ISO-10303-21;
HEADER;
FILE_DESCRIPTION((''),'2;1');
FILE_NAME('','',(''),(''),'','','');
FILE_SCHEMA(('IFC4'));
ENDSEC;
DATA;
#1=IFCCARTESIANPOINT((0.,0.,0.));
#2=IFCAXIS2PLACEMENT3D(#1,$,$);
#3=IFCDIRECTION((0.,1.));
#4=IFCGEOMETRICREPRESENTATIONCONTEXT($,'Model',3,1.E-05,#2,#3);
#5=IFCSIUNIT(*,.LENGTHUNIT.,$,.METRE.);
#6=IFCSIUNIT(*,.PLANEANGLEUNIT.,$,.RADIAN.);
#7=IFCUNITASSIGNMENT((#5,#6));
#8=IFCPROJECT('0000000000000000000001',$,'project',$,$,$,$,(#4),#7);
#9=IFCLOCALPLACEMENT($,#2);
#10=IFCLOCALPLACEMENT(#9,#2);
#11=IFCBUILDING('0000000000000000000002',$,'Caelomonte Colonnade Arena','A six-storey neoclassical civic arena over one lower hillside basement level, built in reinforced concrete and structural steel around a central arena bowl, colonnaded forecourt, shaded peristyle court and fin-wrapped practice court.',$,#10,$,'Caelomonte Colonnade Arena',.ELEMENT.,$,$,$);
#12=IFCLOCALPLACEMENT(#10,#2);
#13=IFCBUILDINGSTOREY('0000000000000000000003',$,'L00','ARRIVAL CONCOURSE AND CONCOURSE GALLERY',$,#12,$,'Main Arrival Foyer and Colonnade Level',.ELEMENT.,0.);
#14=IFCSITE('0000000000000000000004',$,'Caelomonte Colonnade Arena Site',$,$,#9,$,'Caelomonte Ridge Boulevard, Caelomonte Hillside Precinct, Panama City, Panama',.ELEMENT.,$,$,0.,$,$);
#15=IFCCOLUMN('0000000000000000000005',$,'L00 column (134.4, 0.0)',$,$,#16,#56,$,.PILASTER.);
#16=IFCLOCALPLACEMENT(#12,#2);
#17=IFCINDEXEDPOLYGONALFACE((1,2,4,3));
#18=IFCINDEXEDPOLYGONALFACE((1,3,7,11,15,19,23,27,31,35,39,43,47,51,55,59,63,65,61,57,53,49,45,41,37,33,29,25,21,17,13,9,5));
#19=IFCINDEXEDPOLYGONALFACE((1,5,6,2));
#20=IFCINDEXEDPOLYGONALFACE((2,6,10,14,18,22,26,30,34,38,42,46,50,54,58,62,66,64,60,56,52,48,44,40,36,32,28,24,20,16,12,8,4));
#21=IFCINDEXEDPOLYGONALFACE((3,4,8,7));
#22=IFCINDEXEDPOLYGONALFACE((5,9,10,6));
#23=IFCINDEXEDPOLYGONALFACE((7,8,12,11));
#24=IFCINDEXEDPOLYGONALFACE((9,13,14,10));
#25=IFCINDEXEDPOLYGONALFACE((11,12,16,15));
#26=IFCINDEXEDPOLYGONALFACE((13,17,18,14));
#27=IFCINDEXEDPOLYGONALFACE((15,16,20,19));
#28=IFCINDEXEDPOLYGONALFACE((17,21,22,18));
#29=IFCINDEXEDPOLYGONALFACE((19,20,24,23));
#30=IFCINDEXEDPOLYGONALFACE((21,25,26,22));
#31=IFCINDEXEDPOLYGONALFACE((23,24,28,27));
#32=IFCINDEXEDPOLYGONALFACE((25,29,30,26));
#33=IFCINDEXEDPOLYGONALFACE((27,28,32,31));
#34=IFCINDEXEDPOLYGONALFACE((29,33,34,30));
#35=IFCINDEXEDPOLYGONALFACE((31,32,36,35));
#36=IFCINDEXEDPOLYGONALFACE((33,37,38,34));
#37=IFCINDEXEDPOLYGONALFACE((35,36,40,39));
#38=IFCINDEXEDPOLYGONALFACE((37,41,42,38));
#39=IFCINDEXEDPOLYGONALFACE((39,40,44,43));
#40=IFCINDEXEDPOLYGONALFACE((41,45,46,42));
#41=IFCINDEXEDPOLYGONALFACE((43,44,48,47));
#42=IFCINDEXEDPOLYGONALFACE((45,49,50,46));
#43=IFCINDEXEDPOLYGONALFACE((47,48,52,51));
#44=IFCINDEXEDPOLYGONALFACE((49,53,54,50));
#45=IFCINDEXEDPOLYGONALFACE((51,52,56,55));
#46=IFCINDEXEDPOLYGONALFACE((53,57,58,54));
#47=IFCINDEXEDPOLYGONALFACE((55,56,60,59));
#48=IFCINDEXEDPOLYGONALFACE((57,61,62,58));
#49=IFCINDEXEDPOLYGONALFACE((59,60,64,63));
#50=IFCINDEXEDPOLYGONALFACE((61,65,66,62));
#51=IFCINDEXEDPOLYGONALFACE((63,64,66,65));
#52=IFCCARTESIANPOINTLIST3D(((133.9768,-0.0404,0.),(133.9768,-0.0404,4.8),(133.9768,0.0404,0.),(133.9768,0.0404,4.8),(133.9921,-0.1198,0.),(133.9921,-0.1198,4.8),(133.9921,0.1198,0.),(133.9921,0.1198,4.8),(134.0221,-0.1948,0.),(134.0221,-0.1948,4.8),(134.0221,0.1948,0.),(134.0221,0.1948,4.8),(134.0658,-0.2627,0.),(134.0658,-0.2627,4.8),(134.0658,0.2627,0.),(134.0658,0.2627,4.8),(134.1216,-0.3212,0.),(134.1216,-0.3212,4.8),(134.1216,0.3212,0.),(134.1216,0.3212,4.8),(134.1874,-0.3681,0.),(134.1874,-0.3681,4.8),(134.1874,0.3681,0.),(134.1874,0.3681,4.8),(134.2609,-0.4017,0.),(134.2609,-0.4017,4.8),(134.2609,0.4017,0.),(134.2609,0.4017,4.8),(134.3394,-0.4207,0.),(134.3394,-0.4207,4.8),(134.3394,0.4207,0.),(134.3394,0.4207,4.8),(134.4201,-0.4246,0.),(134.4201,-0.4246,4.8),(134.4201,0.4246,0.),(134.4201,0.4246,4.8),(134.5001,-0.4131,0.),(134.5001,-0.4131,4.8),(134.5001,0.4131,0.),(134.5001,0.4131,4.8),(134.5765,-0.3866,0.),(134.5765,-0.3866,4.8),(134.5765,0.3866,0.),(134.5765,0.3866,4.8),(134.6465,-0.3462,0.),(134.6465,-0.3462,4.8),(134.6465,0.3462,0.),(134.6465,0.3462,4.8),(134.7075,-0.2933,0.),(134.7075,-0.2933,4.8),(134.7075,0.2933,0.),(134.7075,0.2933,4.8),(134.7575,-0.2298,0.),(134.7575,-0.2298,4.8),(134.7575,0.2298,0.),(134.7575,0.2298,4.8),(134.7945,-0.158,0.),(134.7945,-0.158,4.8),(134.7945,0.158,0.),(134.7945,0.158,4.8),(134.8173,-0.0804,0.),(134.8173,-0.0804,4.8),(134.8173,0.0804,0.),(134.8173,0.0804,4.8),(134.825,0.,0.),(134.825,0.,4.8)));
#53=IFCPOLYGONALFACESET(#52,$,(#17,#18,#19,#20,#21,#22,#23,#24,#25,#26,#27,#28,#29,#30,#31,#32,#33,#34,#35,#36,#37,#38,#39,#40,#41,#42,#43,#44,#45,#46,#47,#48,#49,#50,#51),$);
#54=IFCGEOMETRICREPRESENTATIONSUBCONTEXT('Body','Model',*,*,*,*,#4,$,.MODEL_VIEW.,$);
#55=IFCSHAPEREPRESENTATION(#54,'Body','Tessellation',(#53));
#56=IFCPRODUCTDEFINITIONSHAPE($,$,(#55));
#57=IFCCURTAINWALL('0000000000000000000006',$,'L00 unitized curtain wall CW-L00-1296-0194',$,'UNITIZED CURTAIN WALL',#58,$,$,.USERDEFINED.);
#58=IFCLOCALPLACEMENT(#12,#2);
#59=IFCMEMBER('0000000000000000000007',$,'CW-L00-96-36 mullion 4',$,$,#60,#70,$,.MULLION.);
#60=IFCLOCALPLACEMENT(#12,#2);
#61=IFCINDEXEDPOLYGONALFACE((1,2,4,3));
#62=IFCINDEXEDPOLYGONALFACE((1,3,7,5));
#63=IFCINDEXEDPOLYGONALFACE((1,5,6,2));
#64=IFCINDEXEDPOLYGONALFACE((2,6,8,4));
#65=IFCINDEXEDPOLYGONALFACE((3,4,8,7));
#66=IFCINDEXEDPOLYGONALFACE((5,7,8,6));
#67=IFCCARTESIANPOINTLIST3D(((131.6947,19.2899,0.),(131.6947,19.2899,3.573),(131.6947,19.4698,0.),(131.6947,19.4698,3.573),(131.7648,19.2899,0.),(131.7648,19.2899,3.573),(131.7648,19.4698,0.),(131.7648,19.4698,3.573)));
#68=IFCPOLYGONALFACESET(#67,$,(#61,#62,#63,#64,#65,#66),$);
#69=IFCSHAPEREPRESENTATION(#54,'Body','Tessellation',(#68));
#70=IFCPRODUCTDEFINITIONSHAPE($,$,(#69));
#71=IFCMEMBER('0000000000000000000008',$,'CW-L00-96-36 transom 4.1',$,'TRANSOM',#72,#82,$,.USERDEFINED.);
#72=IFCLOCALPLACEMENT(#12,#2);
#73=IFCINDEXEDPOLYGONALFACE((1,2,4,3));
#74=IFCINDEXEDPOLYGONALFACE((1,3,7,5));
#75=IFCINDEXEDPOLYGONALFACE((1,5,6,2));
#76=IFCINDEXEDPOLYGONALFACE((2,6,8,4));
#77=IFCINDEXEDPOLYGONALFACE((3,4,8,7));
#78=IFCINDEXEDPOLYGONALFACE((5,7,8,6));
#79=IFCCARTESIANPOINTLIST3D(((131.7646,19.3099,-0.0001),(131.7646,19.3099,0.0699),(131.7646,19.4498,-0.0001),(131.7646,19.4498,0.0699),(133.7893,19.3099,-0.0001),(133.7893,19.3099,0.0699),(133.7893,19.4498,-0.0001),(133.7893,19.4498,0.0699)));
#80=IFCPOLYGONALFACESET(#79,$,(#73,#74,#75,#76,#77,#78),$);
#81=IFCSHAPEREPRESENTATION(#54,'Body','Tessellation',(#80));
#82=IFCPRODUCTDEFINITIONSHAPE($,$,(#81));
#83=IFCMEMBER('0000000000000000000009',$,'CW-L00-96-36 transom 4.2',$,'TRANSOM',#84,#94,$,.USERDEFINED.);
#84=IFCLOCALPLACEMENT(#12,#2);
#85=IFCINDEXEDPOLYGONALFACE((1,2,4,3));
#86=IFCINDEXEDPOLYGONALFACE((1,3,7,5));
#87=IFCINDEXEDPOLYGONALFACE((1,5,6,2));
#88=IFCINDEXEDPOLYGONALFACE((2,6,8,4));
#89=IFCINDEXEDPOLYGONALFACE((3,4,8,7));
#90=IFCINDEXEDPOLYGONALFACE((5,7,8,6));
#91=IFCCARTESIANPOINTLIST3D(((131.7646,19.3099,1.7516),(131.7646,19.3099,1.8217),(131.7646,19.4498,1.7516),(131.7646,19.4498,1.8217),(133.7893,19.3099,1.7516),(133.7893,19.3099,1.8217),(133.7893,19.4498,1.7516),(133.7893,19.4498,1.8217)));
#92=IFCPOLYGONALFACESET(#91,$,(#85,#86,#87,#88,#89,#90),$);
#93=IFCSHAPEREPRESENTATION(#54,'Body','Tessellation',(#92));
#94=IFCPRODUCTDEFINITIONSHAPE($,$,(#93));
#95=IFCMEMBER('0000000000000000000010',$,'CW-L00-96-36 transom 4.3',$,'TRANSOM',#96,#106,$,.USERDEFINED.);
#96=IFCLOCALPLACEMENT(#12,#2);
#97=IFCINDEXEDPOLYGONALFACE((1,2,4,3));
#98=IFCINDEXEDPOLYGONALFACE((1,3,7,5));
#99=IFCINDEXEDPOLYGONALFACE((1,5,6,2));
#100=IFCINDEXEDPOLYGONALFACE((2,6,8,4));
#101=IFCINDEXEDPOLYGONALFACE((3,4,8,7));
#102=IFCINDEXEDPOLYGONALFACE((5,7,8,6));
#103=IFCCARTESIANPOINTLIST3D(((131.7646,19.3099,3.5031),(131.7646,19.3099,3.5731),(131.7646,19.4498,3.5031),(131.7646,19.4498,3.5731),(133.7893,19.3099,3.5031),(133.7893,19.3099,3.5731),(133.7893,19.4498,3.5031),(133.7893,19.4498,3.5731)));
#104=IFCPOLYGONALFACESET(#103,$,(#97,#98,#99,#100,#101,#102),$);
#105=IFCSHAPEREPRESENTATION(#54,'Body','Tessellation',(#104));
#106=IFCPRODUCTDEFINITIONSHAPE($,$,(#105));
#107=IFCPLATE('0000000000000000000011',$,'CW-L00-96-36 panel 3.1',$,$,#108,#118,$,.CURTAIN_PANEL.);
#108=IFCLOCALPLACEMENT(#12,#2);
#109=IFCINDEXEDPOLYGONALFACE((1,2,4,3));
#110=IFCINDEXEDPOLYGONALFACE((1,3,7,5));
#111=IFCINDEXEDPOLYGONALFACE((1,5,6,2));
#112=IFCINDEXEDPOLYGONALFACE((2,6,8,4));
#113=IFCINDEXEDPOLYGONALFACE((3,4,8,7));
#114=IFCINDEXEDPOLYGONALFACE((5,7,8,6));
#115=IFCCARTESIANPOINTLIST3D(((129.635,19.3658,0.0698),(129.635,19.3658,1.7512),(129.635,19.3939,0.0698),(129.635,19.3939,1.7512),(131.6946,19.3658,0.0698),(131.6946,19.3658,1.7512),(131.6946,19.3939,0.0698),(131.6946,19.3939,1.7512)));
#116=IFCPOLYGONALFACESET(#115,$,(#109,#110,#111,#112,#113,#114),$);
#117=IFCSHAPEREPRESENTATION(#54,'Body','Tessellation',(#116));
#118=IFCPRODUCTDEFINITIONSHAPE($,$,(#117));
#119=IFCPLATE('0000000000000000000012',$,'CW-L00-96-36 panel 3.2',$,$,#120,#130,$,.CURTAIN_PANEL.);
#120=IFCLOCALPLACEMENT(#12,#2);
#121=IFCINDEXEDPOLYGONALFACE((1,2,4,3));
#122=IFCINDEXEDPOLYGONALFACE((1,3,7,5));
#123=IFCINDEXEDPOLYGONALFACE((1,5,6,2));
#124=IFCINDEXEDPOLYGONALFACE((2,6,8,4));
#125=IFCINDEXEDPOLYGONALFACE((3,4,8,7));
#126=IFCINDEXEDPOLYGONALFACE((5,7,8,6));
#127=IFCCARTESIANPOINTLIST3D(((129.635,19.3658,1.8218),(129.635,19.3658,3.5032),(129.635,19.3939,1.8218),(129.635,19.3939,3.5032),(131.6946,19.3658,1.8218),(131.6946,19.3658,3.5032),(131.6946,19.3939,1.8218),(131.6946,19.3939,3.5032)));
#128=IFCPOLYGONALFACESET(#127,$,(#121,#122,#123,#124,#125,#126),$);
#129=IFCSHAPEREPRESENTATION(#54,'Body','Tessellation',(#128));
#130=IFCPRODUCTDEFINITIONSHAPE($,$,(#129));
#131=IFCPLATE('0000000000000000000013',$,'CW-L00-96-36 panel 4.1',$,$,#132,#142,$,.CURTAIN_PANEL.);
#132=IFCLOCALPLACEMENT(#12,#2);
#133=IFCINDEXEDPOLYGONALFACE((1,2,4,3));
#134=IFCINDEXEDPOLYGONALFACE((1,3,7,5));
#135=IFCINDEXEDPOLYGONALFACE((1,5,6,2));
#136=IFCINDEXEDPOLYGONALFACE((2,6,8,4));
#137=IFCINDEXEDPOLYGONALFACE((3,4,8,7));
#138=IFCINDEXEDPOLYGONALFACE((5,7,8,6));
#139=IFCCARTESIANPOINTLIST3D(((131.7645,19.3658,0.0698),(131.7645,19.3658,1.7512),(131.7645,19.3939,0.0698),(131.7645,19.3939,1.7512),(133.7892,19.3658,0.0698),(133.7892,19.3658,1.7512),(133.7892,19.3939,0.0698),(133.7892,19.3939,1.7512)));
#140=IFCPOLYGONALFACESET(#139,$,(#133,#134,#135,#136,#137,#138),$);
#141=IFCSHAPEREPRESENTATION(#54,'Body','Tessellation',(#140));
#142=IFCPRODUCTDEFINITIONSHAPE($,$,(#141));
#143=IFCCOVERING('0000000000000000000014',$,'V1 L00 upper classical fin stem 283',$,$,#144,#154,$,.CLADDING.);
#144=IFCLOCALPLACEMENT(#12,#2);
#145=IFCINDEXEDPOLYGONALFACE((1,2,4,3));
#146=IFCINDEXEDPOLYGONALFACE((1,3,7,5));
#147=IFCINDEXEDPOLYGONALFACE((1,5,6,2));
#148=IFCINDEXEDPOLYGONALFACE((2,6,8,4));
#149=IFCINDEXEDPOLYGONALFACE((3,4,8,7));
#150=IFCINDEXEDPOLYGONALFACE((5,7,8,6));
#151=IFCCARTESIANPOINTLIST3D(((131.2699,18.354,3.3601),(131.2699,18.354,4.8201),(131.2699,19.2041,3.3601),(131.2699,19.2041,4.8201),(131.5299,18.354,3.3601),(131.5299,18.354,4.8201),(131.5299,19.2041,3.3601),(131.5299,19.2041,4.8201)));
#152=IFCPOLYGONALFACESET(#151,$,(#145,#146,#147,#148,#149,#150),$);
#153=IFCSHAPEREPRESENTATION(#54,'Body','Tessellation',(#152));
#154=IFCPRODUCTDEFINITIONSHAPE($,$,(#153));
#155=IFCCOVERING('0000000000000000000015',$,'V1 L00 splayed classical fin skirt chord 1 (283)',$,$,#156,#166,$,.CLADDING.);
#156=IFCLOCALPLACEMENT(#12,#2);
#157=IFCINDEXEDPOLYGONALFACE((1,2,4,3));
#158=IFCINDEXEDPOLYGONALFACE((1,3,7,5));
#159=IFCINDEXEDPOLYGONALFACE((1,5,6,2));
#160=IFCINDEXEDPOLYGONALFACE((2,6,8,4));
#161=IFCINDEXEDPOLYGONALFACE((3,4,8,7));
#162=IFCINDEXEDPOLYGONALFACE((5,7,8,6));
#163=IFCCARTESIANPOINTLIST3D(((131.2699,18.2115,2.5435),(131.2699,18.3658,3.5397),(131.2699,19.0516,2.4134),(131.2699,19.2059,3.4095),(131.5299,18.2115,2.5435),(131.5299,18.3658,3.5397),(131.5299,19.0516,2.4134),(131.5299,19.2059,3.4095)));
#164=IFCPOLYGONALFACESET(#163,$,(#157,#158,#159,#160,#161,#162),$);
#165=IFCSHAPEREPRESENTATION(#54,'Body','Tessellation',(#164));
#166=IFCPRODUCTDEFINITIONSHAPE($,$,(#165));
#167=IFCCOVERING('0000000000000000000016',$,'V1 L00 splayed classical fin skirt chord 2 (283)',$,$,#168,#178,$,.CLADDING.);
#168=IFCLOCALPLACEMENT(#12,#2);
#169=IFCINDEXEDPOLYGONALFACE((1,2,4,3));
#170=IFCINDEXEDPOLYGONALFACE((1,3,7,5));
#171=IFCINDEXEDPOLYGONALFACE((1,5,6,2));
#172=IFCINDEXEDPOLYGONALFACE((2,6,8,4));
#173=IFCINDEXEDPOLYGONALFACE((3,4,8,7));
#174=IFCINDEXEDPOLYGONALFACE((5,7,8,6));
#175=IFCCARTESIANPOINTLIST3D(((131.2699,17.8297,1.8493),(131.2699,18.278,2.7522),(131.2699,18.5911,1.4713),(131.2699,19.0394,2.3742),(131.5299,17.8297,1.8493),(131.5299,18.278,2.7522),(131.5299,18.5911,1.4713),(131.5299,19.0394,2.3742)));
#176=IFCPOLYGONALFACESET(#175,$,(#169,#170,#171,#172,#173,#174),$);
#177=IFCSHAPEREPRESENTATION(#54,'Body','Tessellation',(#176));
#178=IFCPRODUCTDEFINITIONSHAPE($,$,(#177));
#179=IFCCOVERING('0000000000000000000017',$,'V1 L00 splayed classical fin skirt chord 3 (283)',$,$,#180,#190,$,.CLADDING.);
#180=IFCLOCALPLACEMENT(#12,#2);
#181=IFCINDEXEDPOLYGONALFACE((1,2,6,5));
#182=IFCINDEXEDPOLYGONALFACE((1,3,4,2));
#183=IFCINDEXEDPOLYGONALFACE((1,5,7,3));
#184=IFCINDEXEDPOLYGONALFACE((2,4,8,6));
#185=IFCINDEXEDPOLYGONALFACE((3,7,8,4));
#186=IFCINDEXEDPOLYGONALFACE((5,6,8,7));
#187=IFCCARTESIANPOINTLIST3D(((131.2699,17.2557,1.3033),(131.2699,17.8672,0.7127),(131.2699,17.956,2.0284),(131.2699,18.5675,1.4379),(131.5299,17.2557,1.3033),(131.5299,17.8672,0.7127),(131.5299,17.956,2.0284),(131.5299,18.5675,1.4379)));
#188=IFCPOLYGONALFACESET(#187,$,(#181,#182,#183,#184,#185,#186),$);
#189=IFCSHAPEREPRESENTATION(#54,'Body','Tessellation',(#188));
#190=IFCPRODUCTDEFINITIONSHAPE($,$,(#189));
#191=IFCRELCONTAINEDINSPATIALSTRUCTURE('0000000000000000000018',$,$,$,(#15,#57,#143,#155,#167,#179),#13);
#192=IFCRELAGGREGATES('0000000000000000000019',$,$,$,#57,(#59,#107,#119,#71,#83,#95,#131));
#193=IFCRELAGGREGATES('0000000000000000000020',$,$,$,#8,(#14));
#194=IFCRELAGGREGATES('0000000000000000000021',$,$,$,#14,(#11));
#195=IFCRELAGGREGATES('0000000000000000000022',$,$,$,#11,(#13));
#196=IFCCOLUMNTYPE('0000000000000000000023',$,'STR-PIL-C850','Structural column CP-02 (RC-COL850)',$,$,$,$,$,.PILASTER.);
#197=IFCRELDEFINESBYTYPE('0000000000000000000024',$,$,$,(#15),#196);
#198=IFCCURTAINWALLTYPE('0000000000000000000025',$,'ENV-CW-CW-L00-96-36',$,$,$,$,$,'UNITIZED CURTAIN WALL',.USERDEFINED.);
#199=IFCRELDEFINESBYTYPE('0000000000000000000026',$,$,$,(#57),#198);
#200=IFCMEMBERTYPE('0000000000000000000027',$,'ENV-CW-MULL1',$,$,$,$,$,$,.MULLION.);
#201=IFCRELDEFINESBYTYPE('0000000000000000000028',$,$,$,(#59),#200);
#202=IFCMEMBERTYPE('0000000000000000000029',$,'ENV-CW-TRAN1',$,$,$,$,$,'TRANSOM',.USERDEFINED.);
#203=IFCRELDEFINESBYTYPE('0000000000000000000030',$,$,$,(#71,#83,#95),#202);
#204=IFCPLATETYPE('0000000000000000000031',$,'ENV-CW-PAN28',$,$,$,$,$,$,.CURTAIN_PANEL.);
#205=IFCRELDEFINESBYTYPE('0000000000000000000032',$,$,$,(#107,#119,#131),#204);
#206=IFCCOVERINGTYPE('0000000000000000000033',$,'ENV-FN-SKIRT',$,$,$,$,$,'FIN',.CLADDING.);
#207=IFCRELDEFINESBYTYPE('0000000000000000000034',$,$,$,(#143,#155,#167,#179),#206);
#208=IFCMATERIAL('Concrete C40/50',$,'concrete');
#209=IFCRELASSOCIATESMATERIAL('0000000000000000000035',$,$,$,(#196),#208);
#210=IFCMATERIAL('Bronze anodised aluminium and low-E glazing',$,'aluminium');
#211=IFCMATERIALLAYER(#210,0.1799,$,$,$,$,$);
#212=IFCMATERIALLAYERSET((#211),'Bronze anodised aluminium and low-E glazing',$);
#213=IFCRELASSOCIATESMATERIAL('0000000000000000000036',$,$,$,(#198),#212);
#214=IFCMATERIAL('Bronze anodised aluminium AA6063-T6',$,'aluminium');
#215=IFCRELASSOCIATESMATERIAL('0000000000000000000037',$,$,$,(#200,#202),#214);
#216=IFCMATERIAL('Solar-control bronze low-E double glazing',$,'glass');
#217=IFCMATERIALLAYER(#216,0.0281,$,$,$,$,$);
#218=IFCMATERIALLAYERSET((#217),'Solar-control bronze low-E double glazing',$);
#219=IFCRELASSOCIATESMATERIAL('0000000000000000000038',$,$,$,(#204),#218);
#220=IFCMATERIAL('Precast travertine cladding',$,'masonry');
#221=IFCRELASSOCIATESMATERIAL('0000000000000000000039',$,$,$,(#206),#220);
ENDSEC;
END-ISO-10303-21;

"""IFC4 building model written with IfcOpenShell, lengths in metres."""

from ifc_helpers import new_model, si_unit, direction, frame, origin, origin_2d, place, context, subcontext, project, spatial, rectangle, circle, extrude, material, layer, layer_set, material_profile, profile_set, type_object, element, aggregate, save


model = new_model("IFC4")

# Units and contexts
model_context = context("Model", 3, precision=1e-05, world=origin(), true_north=direction((0.0, 1.0)))
body_context = subcontext(model_context, "Body", "Model", "MODEL_VIEW")
ifc_project = project(units=[si_unit("LENGTHUNIT", "METRE"), si_unit("PLANEANGLEUNIT", "RADIAN")], contexts=[model_context])

# Site, building, storey
site_placement = place(None, origin())
site = spatial("IfcSite", under=ifc_project, at=site_placement, Name="Caelomonte Colonnade Arena Site", LongName="Caelomonte Ridge Boulevard, Caelomonte Hillside Precinct, Panama City, Panama", CompositionType="ELEMENT", RefElevation=0.0)
building_placement = place(site_placement, origin())
building = spatial("IfcBuilding", under=site, at=building_placement, Name="Caelomonte Colonnade Arena", Description="A six-storey neoclassical civic arena over one lower hillside basement level, built in reinforced concrete and structural steel around a central arena bowl, colonnaded forecourt, shaded peristyle court and fin-wrapped practice court.", LongName="Caelomonte Colonnade Arena", CompositionType="ELEMENT")
storey_placement = place(building_placement, origin())
storey = spatial("IfcBuildingStorey", under=building, at=storey_placement, Name="L00", Description="ARRIVAL CONCOURSE AND CONCOURSE GALLERY", LongName="Main Arrival Foyer and Colonnade Level", CompositionType="ELEMENT", Elevation=0.0)

# Column
ifc_material_1 = material(Name="Concrete C40/50", Category="concrete")
ifc_material_profile_1 = material_profile(ifc_material_1, circle(Radius=0.425, at=origin_2d()), Name="RC-COL850")
ifc_profile_set_1 = profile_set([ifc_material_profile_1], Name="Concrete C40/50")
column_type = type_object("IfcColumnType", Name="STR-PIL-C850", Description="Structural column CP-02 (RC-COL850)", PredefinedType="PILASTER", material=ifc_profile_set_1)
column_placement = place(storey_placement, frame((134.3999, 0.0, 0.0), z_axis=(0.0, 0.0, 1.0), x_axis=(1.0, 0.0, 0.0)))
element("IfcColumn", 1, at=column_placement, inside=storey, type_object=column_type, Name="L00 column (134.4, 0.0)", PredefinedType="PILASTER", context=body_context, shape_type="SweptSolid", body=[
    extrude(circle(Radius=0.425, at=origin_2d()), origin(), (0.0, 0.0, 1.0), 4.8),
])

# Curtain wall, members, plates
ifc_material_2 = material(Name="Bronze anodised aluminium and low-E glazing", Category="aluminium")
ifc_layer_1 = layer(ifc_material_2, 0.1799)
ifc_layer_set_1 = layer_set([ifc_layer_1], Name="Bronze anodised aluminium and low-E glazing")
curtain_wall_type = type_object("IfcCurtainWallType", Name="ENV-CW-CW-L00-96-36", ElementType="UNITIZED CURTAIN WALL", PredefinedType="USERDEFINED", material=ifc_layer_set_1)
curtain_wall_placement = place(storey_placement, origin())
curtain_wall = element("IfcCurtainWall", 2, at=curtain_wall_placement, inside=storey, type_object=curtain_wall_type, Name="L00 unitized curtain wall CW-L00-1296-0194", ObjectType="UNITIZED CURTAIN WALL", PredefinedType="USERDEFINED")
ifc_material_3 = material(Name="Bronze anodised aluminium AA6063-T6", Category="aluminium")
ifc_material_profile_2 = material_profile(ifc_material_3, rectangle(XDim=0.0701, YDim=0.1799, at=origin_2d()), Name="CWM-70X180")
ifc_profile_set_2 = profile_set([ifc_material_profile_2], Name="Bronze anodised aluminium AA6063-T6")
member_type_1 = type_object("IfcMemberType", Name="ENV-CW-MULL1", PredefinedType="MULLION", material=ifc_profile_set_2)
member_1_placement = place(storey_placement, frame((131.7297, 19.3799, 0.0), z_axis=(0.0, 0.0, 1.0), x_axis=(1.0, 0.0, 0.0)))
member_1 = element("IfcMember", 3, at=member_1_placement, type_object=member_type_1, Name="CW-L00-96-36 mullion 4", PredefinedType="MULLION", context=body_context, shape_type="SweptSolid", body=[
    extrude(rectangle(XDim=0.0701, YDim=0.1799, at=origin_2d()), origin(), (0.0, 0.0, 1.0), 3.573),
])
ifc_material_profile_3 = material_profile(ifc_material_3, rectangle(XDim=0.0701, YDim=0.1399, at=origin_2d()), Name="CWT-70X140")
ifc_profile_set_3 = profile_set([ifc_material_profile_3], Name="Bronze anodised aluminium AA6063-T6")
member_type_2 = type_object("IfcMemberType", Name="ENV-CW-TRAN1", ElementType="TRANSOM", PredefinedType="USERDEFINED", material=ifc_profile_set_3)
member_2_placement = place(storey_placement, frame((131.7646, 19.3799, 0.0349), z_axis=(1.0, 0.0, 0.0), x_axis=(0.0, 0.0, 1.0)))
member_2 = element("IfcMember", 4, at=member_2_placement, type_object=member_type_2, Name="CW-L00-96-36 transom 4.1", ObjectType="TRANSOM", PredefinedType="USERDEFINED", context=body_context, shape_type="SweptSolid", body=[
    extrude(rectangle(XDim=0.0701, YDim=0.1399, at=origin_2d()), origin(), (0.0, 0.0, 1.0), 2.0247),
])
member_3_placement = place(storey_placement, frame((131.7646, 19.3799, 1.7866), z_axis=(1.0, 0.0, 0.0), x_axis=(0.0, 0.0, 1.0)))
member_3 = element("IfcMember", 5, at=member_3_placement, type_object=member_type_2, Name="CW-L00-96-36 transom 4.2", ObjectType="TRANSOM", PredefinedType="USERDEFINED", context=body_context, shape_type="SweptSolid", body=[
    extrude(rectangle(XDim=0.0701, YDim=0.1399, at=origin_2d()), origin(), (0.0, 0.0, 1.0), 2.0247),
])
member_4_placement = place(storey_placement, frame((131.7646, 19.3799, 3.5381), z_axis=(1.0, 0.0, 0.0), x_axis=(0.0, 0.0, 1.0)))
member_4 = element("IfcMember", 6, at=member_4_placement, type_object=member_type_2, Name="CW-L00-96-36 transom 4.3", ObjectType="TRANSOM", PredefinedType="USERDEFINED", context=body_context, shape_type="SweptSolid", body=[
    extrude(rectangle(XDim=0.0701, YDim=0.1399, at=origin_2d()), origin(), (0.0, 0.0, 1.0), 2.0247),
])
ifc_material_4 = material(Name="Solar-control bronze low-E double glazing", Category="glass")
ifc_layer_2 = layer(ifc_material_4, 0.0281)
ifc_layer_set_2 = layer_set([ifc_layer_2], Name="Solar-control bronze low-E double glazing")
plate_type = type_object("IfcPlateType", Name="ENV-CW-PAN28", PredefinedType="CURTAIN_PANEL", material=ifc_layer_set_2)
plate_1_placement = place(storey_placement, frame((130.6648, 19.3799, 0.0698), z_axis=(0.0, 0.0, 1.0), x_axis=(1.0, 0.0, 0.0)))
plate_1 = element("IfcPlate", 7, at=plate_1_placement, type_object=plate_type, Name="CW-L00-96-36 panel 3.1", PredefinedType="CURTAIN_PANEL", context=body_context, shape_type="SweptSolid", body=[
    extrude(rectangle(XDim=2.0596, YDim=0.0281, at=origin_2d()), origin(), (0.0, 0.0, 1.0), 1.6814),
])
plate_2_placement = place(storey_placement, frame((130.6648, 19.3799, 1.8218), z_axis=(0.0, 0.0, 1.0), x_axis=(1.0, 0.0, 0.0)))
plate_2 = element("IfcPlate", 8, at=plate_2_placement, type_object=plate_type, Name="CW-L00-96-36 panel 3.2", PredefinedType="CURTAIN_PANEL", context=body_context, shape_type="SweptSolid", body=[
    extrude(rectangle(XDim=2.0596, YDim=0.0281, at=origin_2d()), origin(), (0.0, 0.0, 1.0), 1.6814),
])
plate_3_placement = place(storey_placement, frame((132.7769, 19.3799, 0.0698), z_axis=(0.0, 0.0, 1.0), x_axis=(1.0, 0.0, 0.0)))
plate_3 = element("IfcPlate", 9, at=plate_3_placement, type_object=plate_type, Name="CW-L00-96-36 panel 4.1", PredefinedType="CURTAIN_PANEL", context=body_context, shape_type="SweptSolid", body=[
    extrude(rectangle(XDim=2.0247, YDim=0.0281, at=origin_2d()), origin(), (0.0, 0.0, 1.0), 1.6814),
])
aggregate(curtain_wall, [member_1, plate_1, plate_2, member_2, member_3, member_4, plate_3])

# Coverings
ifc_material_5 = material(Name="Precast travertine cladding", Category="masonry")
ifc_material_profile_4 = material_profile(ifc_material_5, rectangle(XDim=0.26, YDim=0.8501, at=origin_2d()), Name="FIN260X850")
ifc_profile_set_4 = profile_set([ifc_material_profile_4], Name="Precast travertine cladding")
covering_type = type_object("IfcCoveringType", Name="ENV-FN-SKIRT", ElementType="FIN", PredefinedType="CLADDING", material=ifc_profile_set_4)
covering_1_placement = place(storey_placement, frame((131.3999, 18.7791, 3.3601), z_axis=(0.0, 0.0, 1.0), x_axis=(-1.0, 0.0, 0.0)))
element("IfcCovering", 10, at=covering_1_placement, inside=storey, type_object=covering_type, Name="V1 L00 upper classical fin stem 283", PredefinedType="CLADDING", context=body_context, shape_type="SweptSolid", body=[
    extrude(rectangle(XDim=0.26, YDim=0.8501, at=origin_2d()), origin(), (0.0, 0.0, 1.0), 1.46),
])
for number, where, z_axis, x_axis, name in (
    (11, (131.3999, 18.7859, 3.4746), (0.0, -0.153076, -0.988214), (-1.0, 0.0, 0.0), "V1 L00 splayed classical fin skirt chord 1 (283)"),
    (12, (131.3999, 18.6587, 2.5632), (0.0, -0.444693, -0.895683), (-1.0, 0.0, 0.0), "V1 L00 splayed classical fin skirt chord 2 (283)"),
    (13, (131.3999, 18.2617, 1.7332), (0.0, -0.694646, -0.719351), (-1.0, 0.0, 0.0), "V1 L00 splayed classical fin skirt chord 3 (283)"),
):
    element("IfcCovering", number, at=place(storey_placement, frame(where, z_axis=z_axis, x_axis=x_axis)), inside=storey, type_object=covering_type, Name=name, PredefinedType="CLADDING", context=body_context, shape_type="SweptSolid", body=[
        extrude(rectangle(XDim=0.26, YDim=0.8501, at=origin_2d()), origin(), (0.0, 0.0, 1.0), 1.0081),
    ])

save(model, "model.ifc")
